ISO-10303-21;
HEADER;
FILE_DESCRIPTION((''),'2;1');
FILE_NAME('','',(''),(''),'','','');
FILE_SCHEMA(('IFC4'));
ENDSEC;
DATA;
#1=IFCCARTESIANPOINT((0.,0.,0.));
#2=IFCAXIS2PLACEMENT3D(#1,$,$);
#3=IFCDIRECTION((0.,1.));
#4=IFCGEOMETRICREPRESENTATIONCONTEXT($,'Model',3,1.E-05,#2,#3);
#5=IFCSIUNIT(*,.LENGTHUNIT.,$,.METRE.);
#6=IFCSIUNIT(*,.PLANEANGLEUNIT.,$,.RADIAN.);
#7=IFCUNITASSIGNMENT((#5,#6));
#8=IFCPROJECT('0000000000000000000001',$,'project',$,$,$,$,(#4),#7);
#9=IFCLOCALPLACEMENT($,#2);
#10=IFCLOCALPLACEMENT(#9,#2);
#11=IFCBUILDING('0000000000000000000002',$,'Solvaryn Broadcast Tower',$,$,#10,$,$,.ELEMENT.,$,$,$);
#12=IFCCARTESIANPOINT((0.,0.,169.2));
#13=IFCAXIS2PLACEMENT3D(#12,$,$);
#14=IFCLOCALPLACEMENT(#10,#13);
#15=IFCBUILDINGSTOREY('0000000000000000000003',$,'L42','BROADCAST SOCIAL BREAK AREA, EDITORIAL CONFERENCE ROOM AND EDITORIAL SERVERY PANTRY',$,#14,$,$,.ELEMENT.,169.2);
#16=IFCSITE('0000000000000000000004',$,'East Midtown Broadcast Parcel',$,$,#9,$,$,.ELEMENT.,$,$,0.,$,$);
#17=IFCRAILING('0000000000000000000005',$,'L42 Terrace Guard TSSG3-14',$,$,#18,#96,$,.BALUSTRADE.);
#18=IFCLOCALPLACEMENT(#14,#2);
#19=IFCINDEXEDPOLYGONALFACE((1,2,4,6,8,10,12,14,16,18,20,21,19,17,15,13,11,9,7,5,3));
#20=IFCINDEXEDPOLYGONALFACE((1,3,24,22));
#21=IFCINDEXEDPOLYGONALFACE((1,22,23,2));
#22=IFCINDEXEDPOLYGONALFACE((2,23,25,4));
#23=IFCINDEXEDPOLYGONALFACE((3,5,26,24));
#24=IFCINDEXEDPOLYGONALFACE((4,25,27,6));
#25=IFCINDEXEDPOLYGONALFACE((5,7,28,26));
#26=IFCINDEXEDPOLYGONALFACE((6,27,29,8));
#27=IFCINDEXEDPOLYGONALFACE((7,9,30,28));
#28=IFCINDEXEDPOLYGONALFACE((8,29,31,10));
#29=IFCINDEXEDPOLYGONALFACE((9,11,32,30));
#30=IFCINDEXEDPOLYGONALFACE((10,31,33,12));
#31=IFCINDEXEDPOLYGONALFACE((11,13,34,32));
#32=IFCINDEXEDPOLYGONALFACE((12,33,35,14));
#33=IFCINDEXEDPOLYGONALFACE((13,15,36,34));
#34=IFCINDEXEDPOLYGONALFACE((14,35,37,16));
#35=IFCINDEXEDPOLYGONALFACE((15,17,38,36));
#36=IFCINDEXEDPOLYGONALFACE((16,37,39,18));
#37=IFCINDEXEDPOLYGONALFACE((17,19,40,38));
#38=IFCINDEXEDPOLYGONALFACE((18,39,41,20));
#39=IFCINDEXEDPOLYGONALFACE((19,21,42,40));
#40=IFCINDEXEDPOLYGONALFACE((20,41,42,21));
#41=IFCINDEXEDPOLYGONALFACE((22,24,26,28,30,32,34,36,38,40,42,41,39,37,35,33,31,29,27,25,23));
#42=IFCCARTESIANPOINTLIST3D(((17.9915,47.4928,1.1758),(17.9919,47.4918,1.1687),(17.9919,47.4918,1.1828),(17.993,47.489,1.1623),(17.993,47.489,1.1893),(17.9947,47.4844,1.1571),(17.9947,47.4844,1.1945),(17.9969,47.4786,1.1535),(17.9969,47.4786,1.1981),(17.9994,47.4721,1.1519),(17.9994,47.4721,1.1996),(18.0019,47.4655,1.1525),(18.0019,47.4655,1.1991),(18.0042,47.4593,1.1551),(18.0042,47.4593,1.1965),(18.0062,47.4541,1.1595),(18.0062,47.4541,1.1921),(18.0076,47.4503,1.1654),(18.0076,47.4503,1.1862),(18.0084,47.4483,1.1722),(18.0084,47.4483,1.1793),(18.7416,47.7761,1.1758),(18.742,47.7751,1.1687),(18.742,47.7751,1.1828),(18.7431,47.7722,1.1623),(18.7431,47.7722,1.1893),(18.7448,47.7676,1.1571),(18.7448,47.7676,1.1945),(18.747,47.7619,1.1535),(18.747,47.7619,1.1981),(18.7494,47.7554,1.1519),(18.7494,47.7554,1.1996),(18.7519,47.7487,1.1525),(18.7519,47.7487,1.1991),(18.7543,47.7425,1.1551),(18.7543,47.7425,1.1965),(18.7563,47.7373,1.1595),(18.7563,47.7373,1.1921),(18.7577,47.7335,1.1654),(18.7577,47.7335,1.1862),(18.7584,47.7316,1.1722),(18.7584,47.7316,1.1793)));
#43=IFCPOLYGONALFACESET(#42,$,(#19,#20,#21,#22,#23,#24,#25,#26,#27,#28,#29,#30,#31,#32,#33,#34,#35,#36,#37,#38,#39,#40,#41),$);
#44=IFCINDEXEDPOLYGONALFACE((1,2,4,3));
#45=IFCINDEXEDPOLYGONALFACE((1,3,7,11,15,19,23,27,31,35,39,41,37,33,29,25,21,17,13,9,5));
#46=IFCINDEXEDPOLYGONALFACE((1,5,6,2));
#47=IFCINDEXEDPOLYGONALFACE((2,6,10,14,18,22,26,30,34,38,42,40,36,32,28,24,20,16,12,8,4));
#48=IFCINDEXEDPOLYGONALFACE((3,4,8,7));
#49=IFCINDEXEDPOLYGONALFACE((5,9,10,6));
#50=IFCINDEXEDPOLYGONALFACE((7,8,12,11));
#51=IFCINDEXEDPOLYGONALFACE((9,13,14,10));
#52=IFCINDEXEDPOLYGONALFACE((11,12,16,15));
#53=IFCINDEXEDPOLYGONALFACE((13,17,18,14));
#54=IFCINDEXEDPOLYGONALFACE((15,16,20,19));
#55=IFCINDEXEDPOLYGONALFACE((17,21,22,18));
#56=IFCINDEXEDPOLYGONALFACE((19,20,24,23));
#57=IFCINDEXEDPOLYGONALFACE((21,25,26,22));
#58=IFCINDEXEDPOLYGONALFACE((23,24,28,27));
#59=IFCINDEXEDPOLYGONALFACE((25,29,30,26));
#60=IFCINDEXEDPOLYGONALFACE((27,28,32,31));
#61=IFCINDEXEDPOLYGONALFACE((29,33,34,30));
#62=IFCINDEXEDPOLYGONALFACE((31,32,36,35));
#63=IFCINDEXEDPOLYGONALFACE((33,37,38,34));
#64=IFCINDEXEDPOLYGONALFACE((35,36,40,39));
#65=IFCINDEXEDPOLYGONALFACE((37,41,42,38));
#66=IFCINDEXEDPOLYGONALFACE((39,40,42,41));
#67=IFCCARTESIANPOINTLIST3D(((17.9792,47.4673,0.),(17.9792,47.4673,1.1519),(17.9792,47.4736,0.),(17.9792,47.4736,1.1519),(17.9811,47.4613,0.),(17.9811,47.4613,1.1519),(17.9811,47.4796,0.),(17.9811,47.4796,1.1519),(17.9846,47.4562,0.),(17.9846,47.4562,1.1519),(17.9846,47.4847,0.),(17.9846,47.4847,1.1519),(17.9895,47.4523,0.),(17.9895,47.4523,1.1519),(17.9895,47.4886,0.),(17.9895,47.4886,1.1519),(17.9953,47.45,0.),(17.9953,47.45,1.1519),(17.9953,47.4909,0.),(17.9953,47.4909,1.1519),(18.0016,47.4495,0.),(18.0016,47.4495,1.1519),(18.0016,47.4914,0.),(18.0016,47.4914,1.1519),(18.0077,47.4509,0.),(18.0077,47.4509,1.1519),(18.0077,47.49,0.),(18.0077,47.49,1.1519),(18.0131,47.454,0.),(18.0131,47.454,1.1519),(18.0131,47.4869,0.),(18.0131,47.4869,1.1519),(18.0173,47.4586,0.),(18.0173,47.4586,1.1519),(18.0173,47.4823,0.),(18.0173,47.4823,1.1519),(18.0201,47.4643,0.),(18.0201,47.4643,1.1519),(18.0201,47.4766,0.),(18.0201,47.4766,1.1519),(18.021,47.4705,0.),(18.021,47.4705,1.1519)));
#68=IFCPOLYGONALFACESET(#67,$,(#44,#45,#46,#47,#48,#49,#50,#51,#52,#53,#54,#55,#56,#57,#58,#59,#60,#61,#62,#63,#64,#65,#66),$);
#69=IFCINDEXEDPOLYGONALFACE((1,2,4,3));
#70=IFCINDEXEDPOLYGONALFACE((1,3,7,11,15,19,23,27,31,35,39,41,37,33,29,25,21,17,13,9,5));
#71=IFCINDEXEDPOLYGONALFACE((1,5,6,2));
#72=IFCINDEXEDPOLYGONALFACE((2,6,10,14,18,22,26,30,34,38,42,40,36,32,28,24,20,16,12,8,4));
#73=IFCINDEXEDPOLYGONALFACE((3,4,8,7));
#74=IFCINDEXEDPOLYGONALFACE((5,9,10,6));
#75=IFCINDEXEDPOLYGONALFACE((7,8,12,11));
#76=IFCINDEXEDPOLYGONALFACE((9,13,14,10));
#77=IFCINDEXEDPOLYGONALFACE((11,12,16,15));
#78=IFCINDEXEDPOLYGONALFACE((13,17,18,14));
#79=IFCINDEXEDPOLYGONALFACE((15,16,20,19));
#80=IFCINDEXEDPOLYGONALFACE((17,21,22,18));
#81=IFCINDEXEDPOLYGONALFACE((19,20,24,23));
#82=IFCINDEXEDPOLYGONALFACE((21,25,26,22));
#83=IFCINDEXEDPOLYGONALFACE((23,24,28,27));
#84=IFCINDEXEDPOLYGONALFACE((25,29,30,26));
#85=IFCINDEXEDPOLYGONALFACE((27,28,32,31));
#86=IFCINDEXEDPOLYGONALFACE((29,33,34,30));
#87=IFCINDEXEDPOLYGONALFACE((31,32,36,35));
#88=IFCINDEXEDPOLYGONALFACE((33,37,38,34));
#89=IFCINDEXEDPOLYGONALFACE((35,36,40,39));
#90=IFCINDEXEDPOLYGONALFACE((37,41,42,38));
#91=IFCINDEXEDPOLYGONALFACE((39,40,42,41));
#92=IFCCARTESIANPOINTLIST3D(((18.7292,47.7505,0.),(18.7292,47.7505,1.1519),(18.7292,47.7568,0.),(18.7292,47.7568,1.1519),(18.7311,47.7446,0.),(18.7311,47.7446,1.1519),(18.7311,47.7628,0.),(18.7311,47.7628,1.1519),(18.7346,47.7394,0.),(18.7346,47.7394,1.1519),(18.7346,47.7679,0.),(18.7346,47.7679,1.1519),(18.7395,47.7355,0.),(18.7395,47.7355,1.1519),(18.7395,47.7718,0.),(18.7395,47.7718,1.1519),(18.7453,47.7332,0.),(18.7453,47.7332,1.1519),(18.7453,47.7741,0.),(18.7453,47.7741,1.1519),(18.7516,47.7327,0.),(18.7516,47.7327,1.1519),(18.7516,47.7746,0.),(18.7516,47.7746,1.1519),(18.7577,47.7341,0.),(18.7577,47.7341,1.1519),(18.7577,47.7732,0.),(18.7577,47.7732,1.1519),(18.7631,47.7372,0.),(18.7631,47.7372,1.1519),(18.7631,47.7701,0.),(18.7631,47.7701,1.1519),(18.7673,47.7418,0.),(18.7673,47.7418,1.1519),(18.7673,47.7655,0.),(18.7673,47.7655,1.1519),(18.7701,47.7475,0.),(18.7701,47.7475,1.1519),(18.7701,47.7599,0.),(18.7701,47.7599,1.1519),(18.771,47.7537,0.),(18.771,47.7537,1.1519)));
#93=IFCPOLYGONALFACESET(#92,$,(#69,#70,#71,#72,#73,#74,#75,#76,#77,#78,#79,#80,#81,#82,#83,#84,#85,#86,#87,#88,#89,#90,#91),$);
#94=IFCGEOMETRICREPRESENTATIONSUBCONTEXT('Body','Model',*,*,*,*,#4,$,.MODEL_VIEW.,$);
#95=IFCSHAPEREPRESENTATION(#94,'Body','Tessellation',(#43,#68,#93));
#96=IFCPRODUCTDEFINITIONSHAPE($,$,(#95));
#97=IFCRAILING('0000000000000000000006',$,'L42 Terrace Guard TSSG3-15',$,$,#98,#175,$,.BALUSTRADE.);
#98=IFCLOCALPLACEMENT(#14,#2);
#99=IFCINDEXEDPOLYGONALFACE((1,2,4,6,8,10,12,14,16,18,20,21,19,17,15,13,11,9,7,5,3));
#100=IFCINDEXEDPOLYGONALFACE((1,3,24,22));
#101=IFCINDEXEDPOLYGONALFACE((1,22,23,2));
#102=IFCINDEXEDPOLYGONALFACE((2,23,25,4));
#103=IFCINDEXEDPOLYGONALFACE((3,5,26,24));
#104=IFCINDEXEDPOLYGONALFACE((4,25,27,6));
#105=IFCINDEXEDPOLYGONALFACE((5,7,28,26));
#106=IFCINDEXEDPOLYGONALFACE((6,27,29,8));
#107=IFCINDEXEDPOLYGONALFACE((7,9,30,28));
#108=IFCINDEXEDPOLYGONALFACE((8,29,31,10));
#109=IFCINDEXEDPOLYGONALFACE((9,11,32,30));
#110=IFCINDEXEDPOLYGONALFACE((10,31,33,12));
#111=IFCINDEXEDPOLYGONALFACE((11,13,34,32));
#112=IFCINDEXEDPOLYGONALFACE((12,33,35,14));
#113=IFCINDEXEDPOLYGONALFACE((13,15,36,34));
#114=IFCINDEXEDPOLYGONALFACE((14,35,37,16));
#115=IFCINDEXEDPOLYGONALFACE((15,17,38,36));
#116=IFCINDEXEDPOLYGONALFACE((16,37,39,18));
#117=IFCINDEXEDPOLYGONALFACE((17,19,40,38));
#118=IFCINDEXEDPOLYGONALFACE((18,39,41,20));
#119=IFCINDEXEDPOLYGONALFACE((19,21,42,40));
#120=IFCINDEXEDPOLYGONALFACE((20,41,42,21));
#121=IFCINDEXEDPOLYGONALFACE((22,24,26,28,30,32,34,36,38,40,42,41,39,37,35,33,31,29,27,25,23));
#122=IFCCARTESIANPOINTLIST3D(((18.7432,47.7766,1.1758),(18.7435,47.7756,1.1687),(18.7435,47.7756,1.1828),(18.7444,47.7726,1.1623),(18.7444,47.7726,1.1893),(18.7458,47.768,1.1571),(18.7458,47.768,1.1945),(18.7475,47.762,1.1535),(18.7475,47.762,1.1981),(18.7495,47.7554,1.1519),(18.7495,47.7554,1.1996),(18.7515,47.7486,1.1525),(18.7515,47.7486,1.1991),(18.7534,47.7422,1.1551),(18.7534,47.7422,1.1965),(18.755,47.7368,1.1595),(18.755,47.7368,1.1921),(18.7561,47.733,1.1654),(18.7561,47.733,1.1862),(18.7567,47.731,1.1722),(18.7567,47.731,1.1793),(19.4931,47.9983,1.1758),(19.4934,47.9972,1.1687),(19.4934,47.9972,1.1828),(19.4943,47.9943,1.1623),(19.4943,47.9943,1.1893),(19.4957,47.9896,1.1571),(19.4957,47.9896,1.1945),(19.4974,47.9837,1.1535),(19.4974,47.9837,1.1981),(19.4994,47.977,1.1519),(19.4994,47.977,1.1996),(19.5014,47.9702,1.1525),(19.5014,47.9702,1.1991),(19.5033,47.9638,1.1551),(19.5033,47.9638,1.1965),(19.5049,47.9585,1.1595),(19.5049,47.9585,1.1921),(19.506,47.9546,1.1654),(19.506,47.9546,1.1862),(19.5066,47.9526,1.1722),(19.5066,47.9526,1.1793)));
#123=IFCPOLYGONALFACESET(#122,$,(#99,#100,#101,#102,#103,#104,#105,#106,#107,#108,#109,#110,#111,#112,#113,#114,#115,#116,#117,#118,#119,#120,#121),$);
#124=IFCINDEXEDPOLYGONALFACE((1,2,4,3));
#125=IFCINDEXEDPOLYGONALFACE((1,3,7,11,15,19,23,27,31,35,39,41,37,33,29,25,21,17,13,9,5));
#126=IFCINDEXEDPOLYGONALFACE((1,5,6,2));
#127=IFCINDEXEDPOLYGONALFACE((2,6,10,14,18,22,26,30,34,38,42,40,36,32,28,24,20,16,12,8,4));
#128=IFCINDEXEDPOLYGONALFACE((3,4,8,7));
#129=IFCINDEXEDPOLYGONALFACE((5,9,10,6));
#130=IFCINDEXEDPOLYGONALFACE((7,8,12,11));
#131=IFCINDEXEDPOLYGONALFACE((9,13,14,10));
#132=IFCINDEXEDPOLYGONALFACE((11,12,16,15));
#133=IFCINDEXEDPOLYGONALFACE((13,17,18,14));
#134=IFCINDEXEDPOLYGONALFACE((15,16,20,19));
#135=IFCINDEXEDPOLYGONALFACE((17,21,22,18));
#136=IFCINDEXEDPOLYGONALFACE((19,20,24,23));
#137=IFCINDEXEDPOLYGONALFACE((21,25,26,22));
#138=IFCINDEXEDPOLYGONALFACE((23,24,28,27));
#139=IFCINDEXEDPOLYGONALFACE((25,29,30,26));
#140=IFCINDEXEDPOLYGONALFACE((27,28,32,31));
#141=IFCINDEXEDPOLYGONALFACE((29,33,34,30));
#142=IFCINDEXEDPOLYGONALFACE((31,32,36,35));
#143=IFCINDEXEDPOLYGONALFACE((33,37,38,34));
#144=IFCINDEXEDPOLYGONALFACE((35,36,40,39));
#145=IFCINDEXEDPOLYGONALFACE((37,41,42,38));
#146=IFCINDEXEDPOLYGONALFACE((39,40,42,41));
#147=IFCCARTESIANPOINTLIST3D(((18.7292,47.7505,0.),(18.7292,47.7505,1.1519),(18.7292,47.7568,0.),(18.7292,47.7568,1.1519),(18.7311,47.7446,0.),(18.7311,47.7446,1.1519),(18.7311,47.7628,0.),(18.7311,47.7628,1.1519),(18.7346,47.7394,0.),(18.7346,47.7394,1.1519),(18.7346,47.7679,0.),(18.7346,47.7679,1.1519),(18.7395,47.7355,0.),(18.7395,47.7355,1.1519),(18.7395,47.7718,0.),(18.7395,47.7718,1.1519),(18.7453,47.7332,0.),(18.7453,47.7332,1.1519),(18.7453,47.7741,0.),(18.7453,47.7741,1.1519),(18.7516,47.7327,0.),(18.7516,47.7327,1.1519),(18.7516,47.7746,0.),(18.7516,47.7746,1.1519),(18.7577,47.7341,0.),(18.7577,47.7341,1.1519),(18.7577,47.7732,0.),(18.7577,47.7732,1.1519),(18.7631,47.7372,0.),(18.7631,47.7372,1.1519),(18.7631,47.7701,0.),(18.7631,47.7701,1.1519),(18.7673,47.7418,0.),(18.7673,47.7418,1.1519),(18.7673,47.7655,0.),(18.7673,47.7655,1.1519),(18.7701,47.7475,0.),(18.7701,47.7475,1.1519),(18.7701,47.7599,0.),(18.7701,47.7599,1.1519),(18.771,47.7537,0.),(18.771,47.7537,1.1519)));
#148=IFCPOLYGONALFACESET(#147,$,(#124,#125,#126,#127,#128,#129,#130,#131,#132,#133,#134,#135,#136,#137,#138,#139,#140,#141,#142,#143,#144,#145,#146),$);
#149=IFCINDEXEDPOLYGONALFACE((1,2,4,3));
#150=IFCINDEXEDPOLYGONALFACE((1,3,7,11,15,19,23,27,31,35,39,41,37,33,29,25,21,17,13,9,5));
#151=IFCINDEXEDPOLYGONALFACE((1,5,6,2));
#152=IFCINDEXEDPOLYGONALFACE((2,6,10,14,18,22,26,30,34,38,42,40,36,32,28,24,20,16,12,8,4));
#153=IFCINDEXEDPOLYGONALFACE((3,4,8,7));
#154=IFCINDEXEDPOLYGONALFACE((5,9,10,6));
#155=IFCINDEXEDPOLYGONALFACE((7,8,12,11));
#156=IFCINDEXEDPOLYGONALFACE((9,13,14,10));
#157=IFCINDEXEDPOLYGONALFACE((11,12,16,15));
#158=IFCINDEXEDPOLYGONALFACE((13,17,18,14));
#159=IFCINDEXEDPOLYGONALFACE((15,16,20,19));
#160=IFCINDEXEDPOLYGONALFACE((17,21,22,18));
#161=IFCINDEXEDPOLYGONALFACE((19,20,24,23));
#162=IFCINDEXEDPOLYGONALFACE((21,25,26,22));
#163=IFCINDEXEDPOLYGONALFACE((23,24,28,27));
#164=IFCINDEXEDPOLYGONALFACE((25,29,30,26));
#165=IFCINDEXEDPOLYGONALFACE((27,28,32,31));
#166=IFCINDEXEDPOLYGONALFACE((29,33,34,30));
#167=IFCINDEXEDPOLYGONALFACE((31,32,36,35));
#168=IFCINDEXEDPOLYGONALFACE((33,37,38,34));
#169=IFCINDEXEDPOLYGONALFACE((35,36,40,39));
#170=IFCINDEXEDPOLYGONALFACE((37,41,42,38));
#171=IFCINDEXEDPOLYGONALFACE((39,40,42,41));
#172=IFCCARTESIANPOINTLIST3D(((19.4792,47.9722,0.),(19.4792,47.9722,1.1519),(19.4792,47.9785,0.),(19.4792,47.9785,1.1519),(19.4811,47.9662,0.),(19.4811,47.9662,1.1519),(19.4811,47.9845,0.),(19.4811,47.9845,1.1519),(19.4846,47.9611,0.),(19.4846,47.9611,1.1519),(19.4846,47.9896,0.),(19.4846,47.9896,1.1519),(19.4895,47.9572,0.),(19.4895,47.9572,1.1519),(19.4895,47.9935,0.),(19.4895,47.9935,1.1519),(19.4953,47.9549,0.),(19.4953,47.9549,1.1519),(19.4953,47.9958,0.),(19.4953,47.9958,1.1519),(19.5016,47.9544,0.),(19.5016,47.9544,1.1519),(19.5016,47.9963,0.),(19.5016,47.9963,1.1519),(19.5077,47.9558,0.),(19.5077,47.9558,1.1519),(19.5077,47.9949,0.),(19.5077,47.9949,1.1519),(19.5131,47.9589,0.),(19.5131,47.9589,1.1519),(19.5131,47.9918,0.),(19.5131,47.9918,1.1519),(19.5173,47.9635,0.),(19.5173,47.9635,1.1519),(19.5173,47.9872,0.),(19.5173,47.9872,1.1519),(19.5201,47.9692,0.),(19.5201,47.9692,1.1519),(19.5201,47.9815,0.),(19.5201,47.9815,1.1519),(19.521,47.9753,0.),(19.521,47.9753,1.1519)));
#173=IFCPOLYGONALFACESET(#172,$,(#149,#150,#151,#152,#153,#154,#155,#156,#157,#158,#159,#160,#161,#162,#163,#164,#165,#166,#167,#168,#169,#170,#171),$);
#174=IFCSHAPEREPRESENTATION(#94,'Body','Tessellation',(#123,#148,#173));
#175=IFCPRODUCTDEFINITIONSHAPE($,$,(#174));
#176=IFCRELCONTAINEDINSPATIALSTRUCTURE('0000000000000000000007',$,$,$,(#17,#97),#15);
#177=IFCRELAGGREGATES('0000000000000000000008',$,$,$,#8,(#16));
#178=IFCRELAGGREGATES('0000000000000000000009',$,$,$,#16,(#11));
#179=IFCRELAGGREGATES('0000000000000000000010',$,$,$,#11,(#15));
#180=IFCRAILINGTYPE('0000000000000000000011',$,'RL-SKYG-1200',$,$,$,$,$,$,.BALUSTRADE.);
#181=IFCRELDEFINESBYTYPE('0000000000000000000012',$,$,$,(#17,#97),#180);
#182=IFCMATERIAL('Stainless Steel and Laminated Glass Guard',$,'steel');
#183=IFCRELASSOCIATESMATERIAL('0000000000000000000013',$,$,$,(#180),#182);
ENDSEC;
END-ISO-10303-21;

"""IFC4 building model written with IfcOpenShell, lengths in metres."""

from ifc_helpers import new_model, si_unit, direction, frame, origin, origin_2d, place, context, subcontext, project, spatial, circle, extrude, material, type_object, element, save


model = new_model("IFC4")

# Units and contexts
model_context = context("Model", 3, precision=1e-05, world=origin(), true_north=direction((0.0, 1.0)))
body_context = subcontext(model_context, "Body", "Model", "MODEL_VIEW")
ifc_project = project(units=[si_unit("LENGTHUNIT", "METRE"), si_unit("PLANEANGLEUNIT", "RADIAN")], contexts=[model_context])

# Site, building, storey
site_placement = place(None, origin())
site = spatial("IfcSite", under=ifc_project, at=site_placement, Name="East Midtown Broadcast Parcel", CompositionType="ELEMENT", RefElevation=0.0)
building_placement = place(site_placement, origin())
building = spatial("IfcBuilding", under=site, at=building_placement, Name="Solvaryn Broadcast Tower", CompositionType="ELEMENT")
storey_placement = place(building_placement, frame((0.0, 0.0, 169.2)))
storey = spatial("IfcBuildingStorey", under=building, at=storey_placement, Name="L42", Description="BROADCAST SOCIAL BREAK AREA, EDITORIAL CONFERENCE ROOM AND EDITORIAL SERVERY PANTRY", CompositionType="ELEMENT", Elevation=169.2)

# Railings
ifc_material_1 = material(Name="Stainless Steel and Laminated Glass Guard", Category="steel")
railing_type = type_object("IfcRailingType", Name="RL-SKYG-1200", PredefinedType="BALUSTRADE", material=ifc_material_1)
railing_1_placement = place(storey_placement, frame((18.0, 47.4705, 0.0)))
element("IfcRailing", 1, at=railing_1_placement, inside=storey, type_object=railing_type, Name="L42 Terrace Guard TSSG3-14", PredefinedType="BALUSTRADE", context=body_context, shape_type="SweptSolid", body=[
    extrude(circle(Radius=0.0239, at=origin_2d()), frame((0.0, 0.0, 1.1758), z_axis=(0.935526, 0.353258, 0.0), x_axis=(-0.353258, 0.935526, 0.0)), (0.0, 0.0, 1.0), 0.8018),
    extrude(circle(Radius=0.021, at=origin_2d()), origin(), (0.0, 0.0, 1.0), 1.1519),
    extrude(circle(Radius=0.021, at=origin_2d()), frame((0.75, 0.2832, 0.0)), (0.0, 0.0, 1.0), 1.1519),
])
railing_2_placement = place(storey_placement, frame((18.75, 47.7537, 0.0)))
element("IfcRailing", 2, at=railing_2_placement, inside=storey, type_object=railing_type, Name="L42 Terrace Guard TSSG3-15", PredefinedType="BALUSTRADE", context=body_context, shape_type="SweptSolid", body=[
    extrude(circle(Radius=0.0239, at=origin_2d()), frame((0.0, 0.0, 1.1758), z_axis=(0.958987, 0.283451, 0.0), x_axis=(-0.283451, 0.958987, 0.0)), (0.0, 0.0, 1.0), 0.782),
    extrude(circle(Radius=0.021, at=origin_2d()), origin(), (0.0, 0.0, 1.0), 1.1519),
    extrude(circle(Radius=0.021, at=origin_2d()), frame((0.75, 0.2217, 0.0)), (0.0, 0.0, 1.0), 1.1519),
])

save(model, "model.ifc")
